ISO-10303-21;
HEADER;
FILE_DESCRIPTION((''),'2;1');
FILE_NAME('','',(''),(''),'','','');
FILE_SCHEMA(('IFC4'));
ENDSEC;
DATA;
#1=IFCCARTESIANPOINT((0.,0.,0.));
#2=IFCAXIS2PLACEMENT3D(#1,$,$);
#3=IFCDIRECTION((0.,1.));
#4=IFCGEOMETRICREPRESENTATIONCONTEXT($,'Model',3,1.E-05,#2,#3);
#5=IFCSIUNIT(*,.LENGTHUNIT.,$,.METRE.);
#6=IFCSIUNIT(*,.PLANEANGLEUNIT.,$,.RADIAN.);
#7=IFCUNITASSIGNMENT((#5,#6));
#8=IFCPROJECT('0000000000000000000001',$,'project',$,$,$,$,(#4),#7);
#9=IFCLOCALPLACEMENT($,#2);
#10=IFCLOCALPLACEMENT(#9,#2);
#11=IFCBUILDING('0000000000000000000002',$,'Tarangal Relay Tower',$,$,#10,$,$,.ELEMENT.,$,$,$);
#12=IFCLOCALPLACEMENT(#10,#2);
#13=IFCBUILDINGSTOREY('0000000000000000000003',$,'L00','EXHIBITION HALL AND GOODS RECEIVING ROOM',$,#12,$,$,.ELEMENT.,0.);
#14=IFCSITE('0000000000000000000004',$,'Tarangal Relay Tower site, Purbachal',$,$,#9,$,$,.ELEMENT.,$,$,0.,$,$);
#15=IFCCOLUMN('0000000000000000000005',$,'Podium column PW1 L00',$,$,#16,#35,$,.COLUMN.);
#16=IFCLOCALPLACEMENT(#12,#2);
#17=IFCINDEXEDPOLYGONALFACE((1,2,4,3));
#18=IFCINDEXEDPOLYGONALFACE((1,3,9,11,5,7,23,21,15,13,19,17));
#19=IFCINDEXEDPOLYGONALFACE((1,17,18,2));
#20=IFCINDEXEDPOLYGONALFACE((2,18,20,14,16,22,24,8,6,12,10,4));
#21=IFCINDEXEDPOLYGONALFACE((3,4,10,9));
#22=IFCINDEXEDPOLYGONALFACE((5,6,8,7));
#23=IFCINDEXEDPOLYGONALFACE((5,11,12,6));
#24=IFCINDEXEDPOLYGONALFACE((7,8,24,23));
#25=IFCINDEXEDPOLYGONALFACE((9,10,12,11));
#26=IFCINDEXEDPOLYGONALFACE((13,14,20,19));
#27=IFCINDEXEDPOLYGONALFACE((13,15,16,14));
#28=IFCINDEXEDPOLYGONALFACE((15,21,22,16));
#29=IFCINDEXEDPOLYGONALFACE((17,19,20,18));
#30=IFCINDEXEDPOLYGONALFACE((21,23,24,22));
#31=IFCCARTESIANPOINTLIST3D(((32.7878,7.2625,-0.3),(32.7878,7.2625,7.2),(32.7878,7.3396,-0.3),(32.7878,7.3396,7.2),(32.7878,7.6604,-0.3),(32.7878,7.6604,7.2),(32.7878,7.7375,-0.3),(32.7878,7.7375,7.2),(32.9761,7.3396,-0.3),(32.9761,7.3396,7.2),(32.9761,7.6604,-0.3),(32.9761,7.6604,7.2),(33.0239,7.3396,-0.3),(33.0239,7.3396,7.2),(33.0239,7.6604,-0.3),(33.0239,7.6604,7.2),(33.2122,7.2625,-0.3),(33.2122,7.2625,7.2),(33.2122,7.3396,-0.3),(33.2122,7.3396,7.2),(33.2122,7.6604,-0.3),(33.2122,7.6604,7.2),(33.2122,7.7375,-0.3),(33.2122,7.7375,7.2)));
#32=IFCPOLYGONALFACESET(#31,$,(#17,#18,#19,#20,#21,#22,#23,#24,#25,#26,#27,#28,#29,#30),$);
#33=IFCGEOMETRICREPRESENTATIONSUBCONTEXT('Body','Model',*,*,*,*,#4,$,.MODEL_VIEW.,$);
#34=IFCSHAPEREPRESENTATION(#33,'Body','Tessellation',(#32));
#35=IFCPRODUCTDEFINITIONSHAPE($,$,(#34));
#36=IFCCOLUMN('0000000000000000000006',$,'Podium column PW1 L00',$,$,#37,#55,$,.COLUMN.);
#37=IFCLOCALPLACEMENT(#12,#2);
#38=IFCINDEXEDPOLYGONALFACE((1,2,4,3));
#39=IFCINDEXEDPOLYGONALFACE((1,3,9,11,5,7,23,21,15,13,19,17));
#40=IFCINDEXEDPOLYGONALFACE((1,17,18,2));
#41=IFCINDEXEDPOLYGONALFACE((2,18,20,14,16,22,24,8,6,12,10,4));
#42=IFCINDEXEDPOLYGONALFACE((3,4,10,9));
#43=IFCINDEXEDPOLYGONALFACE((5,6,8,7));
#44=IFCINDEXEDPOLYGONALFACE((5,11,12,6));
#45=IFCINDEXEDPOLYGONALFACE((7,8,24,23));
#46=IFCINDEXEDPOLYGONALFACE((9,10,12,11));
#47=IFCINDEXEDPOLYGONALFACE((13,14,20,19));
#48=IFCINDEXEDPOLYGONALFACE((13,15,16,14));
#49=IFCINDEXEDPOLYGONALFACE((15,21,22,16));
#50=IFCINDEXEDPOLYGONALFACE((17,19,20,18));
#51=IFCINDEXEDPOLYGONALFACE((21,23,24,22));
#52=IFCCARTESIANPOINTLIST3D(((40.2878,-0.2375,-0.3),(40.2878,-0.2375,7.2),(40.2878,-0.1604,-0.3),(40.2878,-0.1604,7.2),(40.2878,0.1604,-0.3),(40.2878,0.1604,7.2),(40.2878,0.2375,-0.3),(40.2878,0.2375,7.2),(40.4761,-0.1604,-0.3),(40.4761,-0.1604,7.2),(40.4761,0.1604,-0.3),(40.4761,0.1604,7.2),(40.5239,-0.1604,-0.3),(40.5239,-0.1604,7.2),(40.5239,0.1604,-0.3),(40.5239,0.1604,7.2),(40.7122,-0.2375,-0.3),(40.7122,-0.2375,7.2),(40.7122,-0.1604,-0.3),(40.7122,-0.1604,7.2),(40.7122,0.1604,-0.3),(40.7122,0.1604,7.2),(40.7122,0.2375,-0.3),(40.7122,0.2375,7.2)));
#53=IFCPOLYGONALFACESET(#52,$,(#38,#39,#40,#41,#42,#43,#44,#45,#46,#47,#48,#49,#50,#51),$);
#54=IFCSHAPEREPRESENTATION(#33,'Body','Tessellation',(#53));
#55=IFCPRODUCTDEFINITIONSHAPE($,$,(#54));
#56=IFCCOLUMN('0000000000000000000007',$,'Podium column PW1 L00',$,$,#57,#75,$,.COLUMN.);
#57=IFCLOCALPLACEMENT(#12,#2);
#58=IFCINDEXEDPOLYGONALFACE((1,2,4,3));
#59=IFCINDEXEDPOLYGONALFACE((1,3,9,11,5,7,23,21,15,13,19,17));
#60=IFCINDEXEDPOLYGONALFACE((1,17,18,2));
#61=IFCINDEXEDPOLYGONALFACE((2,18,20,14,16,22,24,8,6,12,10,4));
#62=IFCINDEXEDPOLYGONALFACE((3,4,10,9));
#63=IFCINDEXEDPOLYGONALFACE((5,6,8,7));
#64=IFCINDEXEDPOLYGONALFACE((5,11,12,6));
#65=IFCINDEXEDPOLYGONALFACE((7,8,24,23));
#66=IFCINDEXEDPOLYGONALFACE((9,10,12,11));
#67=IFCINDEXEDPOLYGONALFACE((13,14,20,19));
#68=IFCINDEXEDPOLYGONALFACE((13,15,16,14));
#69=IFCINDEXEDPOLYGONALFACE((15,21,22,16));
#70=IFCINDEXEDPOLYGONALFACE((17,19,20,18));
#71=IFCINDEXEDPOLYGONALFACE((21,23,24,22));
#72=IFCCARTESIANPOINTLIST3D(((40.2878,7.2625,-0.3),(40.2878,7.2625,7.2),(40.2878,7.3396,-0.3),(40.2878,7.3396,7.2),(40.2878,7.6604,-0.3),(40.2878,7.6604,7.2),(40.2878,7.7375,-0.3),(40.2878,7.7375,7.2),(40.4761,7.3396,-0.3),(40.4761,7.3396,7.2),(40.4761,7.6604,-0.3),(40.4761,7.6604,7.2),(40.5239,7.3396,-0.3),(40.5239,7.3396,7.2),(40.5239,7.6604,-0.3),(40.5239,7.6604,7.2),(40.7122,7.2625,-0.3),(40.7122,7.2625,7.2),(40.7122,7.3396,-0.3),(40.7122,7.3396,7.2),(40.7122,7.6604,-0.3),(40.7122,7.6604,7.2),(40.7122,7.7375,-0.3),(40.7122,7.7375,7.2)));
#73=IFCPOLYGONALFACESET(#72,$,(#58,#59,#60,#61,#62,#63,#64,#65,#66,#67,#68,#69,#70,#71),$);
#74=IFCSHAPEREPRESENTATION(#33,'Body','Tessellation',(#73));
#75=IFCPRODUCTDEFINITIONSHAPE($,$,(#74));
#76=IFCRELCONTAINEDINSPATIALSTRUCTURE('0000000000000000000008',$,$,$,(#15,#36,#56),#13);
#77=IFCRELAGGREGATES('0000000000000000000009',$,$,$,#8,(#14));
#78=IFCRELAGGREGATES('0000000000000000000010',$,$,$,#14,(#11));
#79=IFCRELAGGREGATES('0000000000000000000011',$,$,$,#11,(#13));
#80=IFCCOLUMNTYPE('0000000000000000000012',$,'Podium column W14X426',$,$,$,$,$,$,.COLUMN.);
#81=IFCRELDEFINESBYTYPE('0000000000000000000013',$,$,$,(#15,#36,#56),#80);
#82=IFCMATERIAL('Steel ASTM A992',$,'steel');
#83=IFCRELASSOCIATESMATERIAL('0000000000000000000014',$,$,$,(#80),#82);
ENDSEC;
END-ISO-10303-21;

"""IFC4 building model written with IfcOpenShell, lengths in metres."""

from ifc_helpers import new_model, si_unit, direction, frame, origin, origin_2d, place, context, subcontext, project, spatial, i_section, extrude, material, material_profile, profile_set, type_object, element, save


model = new_model("IFC4")

# Units and contexts
model_context = context("Model", 3, precision=1e-05, world=origin(), true_north=direction((0.0, 1.0)))
body_context = subcontext(model_context, "Body", "Model", "MODEL_VIEW")
ifc_project = project(units=[si_unit("LENGTHUNIT", "METRE"), si_unit("PLANEANGLEUNIT", "RADIAN")], contexts=[model_context])

# Site, building, storey
site_placement = place(None, origin())
site = spatial("IfcSite", under=ifc_project, at=site_placement, Name="Tarangal Relay Tower site, Purbachal", CompositionType="ELEMENT", RefElevation=0.0)
building_placement = place(site_placement, origin())
building = spatial("IfcBuilding", under=site, at=building_placement, Name="Tarangal Relay Tower", CompositionType="ELEMENT")
storey_placement = place(building_placement, origin())
storey = spatial("IfcBuildingStorey", under=building, at=storey_placement, Name="L00", Description="EXHIBITION HALL AND GOODS RECEIVING ROOM", CompositionType="ELEMENT", Elevation=0.0)

# Columns
ifc_material_1 = material(Name="Steel ASTM A992", Category="steel")
ifc_material_profile_1 = material_profile(ifc_material_1, i_section(OverallWidth=0.4243, OverallDepth=0.4751, WebThickness=0.0479, FlangeThickness=0.0771, at=origin_2d()), Name="W14X426")
ifc_profile_set_1 = profile_set([ifc_material_profile_1], Name="Steel ASTM A992")
column_type = type_object("IfcColumnType", Name="Podium column W14X426", PredefinedType="COLUMN", material=ifc_profile_set_1)
for number, where, z_axis, x_axis, name in (
    (1, (33.0, 7.5, -0.3), (0.0, 0.0, 1.0), (1.0, 0.0, 0.0), "Podium column PW1 L00"),
    (2, (40.5, 0.0, -0.3), (0.0, 0.0, 1.0), (1.0, 0.0, 0.0), "Podium column PW1 L00"),
    (3, (40.5, 7.5, -0.3), (0.0, 0.0, 1.0), (1.0, 0.0, 0.0), "Podium column PW1 L00"),
):
    element("IfcColumn", number, at=place(storey_placement, frame(where, z_axis=z_axis, x_axis=x_axis)), inside=storey, type_object=column_type, Name=name, PredefinedType="COLUMN", context=body_context, shape_type="SweptSolid", body=[
        extrude(i_section(OverallWidth=0.4243, OverallDepth=0.4751, WebThickness=0.0479, FlangeThickness=0.0771, at=origin_2d()), origin(), (0.0, 0.0, 1.0), 7.5),
    ])

save(model, "model.ifc")
